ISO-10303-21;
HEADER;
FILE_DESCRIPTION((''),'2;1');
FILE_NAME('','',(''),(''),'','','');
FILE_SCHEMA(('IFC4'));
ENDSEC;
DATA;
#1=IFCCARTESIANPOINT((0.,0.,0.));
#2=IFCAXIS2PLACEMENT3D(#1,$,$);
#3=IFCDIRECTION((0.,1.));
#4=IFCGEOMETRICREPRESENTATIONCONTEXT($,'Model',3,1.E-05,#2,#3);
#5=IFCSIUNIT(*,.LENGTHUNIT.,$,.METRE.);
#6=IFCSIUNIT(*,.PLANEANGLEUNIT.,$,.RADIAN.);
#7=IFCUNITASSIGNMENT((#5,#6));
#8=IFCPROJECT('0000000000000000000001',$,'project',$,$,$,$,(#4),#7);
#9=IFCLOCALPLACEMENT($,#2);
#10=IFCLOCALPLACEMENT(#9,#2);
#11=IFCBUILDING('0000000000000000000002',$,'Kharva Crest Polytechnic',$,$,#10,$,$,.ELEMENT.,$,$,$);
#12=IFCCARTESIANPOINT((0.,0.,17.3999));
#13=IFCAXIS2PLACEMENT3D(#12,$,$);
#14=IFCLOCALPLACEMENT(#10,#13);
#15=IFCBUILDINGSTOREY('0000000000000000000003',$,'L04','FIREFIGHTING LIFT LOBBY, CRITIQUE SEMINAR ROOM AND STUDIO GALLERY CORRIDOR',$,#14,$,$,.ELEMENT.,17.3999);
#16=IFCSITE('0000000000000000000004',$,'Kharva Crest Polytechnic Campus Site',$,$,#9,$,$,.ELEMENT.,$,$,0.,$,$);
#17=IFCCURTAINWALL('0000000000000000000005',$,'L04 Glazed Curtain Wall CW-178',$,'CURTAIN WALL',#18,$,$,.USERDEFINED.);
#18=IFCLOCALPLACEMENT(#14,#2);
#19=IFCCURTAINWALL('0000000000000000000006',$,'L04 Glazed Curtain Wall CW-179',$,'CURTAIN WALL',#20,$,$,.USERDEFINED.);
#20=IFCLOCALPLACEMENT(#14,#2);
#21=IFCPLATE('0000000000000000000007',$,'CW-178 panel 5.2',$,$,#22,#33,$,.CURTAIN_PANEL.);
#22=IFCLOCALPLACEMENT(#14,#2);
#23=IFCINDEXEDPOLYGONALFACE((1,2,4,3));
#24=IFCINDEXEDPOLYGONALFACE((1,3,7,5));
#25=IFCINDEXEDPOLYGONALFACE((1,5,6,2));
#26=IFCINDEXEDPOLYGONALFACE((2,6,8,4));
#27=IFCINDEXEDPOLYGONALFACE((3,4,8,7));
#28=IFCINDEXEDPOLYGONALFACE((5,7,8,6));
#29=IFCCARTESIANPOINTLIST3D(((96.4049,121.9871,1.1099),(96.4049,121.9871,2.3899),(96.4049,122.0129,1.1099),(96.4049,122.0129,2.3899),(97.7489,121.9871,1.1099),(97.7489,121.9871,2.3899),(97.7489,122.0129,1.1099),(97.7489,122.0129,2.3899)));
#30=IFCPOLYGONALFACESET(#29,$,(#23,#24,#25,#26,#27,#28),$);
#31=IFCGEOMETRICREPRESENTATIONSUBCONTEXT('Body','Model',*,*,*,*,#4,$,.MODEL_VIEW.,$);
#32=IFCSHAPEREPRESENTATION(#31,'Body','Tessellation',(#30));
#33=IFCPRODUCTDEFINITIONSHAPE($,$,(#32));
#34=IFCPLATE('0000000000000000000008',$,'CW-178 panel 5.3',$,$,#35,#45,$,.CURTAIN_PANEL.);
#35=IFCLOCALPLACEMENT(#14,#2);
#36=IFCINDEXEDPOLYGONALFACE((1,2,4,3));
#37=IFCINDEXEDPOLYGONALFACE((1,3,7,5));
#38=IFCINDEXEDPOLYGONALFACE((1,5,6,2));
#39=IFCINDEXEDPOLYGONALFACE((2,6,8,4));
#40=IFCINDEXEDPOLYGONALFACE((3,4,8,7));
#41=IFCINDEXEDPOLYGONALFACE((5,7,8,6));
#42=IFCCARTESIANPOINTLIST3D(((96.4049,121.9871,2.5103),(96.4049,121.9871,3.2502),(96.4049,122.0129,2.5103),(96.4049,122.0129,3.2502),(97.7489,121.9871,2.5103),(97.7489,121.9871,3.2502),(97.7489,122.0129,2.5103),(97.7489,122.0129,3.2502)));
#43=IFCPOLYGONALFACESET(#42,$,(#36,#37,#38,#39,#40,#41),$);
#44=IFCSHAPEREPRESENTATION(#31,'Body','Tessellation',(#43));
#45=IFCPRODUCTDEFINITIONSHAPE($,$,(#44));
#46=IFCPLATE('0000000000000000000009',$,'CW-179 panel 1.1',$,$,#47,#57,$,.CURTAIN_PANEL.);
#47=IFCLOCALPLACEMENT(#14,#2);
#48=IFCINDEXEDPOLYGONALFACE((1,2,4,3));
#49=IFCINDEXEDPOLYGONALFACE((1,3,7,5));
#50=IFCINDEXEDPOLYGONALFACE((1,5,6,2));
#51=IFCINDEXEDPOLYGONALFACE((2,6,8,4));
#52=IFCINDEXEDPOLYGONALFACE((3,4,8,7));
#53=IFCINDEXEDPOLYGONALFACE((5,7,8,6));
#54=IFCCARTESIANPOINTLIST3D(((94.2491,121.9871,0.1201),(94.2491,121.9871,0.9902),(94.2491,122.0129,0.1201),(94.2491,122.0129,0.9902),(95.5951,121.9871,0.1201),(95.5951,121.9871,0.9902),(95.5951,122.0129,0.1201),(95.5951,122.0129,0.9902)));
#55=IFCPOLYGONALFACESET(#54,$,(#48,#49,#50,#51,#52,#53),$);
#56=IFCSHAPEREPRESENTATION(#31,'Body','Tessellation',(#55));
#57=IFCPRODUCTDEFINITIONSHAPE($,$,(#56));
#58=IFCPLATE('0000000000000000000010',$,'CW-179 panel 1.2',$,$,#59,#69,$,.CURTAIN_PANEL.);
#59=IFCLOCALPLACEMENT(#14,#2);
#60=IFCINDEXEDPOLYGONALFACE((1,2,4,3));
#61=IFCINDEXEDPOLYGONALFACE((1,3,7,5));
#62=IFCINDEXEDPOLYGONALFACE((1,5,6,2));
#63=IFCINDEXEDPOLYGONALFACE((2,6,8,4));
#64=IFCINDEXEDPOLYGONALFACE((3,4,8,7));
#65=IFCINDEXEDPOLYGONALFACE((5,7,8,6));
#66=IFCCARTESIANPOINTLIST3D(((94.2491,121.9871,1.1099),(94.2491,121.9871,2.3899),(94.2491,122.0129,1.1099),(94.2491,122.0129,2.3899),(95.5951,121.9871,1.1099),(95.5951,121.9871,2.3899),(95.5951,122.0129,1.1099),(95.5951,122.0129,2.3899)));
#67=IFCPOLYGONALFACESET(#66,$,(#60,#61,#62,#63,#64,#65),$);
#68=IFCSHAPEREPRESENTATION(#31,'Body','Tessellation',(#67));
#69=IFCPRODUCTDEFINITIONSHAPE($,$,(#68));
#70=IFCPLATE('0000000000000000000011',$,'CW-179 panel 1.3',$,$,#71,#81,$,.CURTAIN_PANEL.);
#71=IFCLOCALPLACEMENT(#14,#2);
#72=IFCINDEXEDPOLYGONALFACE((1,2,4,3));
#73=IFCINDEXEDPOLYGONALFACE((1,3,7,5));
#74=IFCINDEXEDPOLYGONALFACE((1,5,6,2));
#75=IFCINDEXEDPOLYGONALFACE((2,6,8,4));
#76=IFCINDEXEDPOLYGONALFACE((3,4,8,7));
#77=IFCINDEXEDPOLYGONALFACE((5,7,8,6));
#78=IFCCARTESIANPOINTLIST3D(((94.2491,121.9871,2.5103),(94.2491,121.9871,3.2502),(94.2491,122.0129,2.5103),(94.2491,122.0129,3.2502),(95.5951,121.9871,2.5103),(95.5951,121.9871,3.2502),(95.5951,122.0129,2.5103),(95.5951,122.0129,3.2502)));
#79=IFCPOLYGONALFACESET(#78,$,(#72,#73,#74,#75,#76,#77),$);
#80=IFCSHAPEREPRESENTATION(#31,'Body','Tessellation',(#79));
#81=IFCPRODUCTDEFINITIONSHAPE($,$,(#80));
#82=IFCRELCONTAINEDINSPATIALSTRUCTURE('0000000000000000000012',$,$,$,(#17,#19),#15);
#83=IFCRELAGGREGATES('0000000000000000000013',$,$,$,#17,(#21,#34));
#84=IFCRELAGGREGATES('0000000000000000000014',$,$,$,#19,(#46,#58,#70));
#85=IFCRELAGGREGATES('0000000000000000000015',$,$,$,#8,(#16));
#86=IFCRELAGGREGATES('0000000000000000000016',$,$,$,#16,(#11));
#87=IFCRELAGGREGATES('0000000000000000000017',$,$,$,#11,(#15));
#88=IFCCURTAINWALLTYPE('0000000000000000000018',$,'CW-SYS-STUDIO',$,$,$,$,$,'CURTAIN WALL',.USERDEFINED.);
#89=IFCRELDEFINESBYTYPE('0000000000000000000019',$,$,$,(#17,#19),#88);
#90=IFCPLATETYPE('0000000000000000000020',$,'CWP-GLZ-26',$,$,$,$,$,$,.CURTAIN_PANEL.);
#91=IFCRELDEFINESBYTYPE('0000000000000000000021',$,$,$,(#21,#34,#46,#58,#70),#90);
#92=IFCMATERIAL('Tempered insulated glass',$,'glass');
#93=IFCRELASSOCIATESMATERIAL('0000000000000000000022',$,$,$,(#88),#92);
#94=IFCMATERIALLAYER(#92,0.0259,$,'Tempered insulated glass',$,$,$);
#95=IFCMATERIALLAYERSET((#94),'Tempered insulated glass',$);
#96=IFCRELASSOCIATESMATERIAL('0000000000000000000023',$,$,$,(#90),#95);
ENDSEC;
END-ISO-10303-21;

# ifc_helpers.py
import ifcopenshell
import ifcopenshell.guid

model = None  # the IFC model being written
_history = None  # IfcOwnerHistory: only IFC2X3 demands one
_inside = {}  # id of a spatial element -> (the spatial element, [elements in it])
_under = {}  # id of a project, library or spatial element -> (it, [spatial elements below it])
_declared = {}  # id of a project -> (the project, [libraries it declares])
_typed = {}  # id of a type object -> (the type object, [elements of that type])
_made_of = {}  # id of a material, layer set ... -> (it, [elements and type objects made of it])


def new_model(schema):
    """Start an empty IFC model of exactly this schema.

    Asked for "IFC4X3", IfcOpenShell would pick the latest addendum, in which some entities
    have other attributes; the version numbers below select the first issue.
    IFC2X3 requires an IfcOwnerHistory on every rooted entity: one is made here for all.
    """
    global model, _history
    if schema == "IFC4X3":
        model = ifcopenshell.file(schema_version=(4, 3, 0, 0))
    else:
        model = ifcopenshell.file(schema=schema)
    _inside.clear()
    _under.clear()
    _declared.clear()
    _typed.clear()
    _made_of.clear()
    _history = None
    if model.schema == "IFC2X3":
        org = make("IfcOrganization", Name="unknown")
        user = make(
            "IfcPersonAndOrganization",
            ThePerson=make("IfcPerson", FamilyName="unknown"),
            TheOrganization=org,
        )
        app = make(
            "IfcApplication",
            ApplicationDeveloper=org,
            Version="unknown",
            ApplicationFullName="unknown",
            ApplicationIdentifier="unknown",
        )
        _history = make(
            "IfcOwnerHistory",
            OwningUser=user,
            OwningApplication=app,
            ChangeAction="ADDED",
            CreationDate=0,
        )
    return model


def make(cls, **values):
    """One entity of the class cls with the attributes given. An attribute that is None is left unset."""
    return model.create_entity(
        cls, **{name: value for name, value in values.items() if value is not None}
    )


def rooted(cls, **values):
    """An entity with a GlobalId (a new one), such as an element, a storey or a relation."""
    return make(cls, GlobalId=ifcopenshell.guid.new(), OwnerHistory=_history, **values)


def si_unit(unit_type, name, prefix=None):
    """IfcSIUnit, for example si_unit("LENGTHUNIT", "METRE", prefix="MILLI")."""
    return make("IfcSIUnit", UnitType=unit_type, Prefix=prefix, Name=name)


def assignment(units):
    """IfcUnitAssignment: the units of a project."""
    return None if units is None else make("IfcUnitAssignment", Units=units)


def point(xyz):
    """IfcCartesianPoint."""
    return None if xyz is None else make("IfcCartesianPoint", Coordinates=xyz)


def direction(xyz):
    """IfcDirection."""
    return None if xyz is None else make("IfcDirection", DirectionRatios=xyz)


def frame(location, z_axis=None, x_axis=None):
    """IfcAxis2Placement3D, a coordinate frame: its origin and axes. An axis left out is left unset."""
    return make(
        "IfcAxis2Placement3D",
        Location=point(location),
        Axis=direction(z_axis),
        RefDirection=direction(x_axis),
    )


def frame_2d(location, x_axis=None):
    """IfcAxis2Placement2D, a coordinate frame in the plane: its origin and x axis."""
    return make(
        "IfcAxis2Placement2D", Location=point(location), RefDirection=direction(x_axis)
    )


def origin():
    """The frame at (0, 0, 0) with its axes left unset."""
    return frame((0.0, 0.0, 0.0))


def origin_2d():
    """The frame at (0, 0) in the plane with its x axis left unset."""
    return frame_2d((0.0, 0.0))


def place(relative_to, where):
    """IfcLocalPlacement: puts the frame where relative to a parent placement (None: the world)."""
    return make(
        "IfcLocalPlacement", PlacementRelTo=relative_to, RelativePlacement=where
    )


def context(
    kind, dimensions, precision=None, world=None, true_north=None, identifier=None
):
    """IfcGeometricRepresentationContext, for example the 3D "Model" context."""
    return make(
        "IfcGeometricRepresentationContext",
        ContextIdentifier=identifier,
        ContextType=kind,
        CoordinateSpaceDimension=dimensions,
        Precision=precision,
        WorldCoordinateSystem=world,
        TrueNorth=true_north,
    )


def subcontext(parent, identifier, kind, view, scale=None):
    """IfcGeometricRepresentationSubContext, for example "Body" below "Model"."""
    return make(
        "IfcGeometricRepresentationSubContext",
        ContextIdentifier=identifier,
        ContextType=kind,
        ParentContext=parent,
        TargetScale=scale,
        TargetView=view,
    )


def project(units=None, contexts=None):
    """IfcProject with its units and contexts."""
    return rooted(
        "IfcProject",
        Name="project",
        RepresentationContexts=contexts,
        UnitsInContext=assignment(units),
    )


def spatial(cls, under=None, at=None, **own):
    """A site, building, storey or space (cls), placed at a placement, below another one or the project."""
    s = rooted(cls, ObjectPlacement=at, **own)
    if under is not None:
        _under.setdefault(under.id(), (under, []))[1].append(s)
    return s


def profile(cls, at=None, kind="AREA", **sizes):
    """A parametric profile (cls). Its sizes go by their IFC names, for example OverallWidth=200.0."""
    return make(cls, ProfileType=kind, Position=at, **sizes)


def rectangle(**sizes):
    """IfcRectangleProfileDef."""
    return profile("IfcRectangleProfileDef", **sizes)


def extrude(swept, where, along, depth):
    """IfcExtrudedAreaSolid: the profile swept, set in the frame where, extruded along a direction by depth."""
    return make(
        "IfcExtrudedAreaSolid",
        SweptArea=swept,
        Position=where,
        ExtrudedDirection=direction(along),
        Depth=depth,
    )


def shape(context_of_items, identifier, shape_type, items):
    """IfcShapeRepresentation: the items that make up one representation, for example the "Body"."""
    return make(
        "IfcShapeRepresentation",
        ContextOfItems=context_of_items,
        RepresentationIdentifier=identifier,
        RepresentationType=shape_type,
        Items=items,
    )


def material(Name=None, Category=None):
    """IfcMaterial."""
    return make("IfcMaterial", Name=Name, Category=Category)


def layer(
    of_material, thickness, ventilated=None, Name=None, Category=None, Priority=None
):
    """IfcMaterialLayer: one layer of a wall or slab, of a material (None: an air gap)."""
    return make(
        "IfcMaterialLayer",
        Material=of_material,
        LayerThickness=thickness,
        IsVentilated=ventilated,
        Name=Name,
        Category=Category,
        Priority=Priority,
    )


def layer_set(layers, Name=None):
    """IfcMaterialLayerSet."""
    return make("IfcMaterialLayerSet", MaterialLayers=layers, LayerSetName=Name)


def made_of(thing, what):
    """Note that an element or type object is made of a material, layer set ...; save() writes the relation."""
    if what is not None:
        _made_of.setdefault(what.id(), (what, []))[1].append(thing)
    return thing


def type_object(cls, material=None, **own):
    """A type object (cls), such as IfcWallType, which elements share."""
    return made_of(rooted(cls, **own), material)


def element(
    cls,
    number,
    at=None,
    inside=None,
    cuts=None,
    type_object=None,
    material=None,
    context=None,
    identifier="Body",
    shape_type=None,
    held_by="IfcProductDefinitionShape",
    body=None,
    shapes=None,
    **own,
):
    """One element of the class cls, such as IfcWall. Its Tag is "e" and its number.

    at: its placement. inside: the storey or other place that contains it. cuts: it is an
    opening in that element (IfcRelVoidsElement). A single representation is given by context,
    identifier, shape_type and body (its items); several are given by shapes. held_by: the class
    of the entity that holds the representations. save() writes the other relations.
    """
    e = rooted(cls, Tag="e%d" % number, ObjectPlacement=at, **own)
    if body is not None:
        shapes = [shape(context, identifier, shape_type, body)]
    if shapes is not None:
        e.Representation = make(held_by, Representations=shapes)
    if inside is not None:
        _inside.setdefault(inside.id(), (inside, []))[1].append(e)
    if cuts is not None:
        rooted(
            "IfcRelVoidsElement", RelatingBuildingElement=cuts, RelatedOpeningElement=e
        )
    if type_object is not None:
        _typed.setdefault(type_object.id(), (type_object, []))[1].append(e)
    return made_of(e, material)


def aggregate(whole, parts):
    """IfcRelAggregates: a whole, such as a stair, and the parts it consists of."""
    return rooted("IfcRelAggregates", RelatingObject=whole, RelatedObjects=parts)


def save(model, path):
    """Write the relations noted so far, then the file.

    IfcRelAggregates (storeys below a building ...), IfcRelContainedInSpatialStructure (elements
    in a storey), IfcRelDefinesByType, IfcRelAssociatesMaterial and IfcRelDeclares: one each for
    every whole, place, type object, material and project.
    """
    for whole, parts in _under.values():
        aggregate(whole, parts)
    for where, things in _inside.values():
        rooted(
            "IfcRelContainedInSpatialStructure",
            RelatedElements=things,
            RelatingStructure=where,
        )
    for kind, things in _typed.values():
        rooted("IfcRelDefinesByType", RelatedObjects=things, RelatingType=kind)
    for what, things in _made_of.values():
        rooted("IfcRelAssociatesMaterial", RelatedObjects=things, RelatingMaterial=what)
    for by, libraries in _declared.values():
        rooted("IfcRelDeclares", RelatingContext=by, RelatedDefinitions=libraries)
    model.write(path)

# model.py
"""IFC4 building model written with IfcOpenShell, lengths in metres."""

from ifc_helpers import new_model, si_unit, direction, frame, origin, origin_2d, place, context, subcontext, project, spatial, rectangle, extrude, material, layer, layer_set, type_object, element, aggregate, save


model = new_model("IFC4")

# Units and contexts
model_context = context("Model", 3, precision=1e-05, world=origin(), true_north=direction((0.0, 1.0)))
body_context = subcontext(model_context, "Body", "Model", "MODEL_VIEW")
ifc_project = project(units=[si_unit("LENGTHUNIT", "METRE"), si_unit("PLANEANGLEUNIT", "RADIAN")], contexts=[model_context])

# Site, building, storey
site_placement = place(None, origin())
site = spatial("IfcSite", under=ifc_project, at=site_placement, Name="Kharva Crest Polytechnic Campus Site", CompositionType="ELEMENT", RefElevation=0.0)
building_placement = place(site_placement, origin())
building = spatial("IfcBuilding", under=site, at=building_placement, Name="Kharva Crest Polytechnic", CompositionType="ELEMENT")
storey_placement = place(building_placement, frame((0.0, 0.0, 17.3999)))
storey = spatial("IfcBuildingStorey", under=building, at=storey_placement, Name="L04", Description="FIREFIGHTING LIFT LOBBY, CRITIQUE SEMINAR ROOM AND STUDIO GALLERY CORRIDOR", CompositionType="ELEMENT", Elevation=17.3999)

# Curtain walls
ifc_material_1 = material(Name="Tempered insulated glass", Category="glass")
curtain_wall_type = type_object("IfcCurtainWallType", Name="CW-SYS-STUDIO", ElementType="CURTAIN WALL", PredefinedType="USERDEFINED", material=ifc_material_1)
curtain_wall_1_placement = place(storey_placement, origin())
curtain_wall_1 = element("IfcCurtainWall", 1, at=curtain_wall_1_placement, inside=storey, type_object=curtain_wall_type, Name="L04 Glazed Curtain Wall CW-178", ObjectType="CURTAIN WALL", PredefinedType="USERDEFINED")
curtain_wall_2_placement = place(storey_placement, origin())
curtain_wall_2 = element("IfcCurtainWall", 2, at=curtain_wall_2_placement, inside=storey, type_object=curtain_wall_type, Name="L04 Glazed Curtain Wall CW-179", ObjectType="CURTAIN WALL", PredefinedType="USERDEFINED")

# Plates
ifc_layer = layer(ifc_material_1, 0.0259, Name="Tempered insulated glass")
ifc_layer_set = layer_set([ifc_layer], Name="Tempered insulated glass")
plate_type = type_object("IfcPlateType", Name="CWP-GLZ-26", PredefinedType="CURTAIN_PANEL", material=ifc_layer_set)
plate_1_placement = place(storey_placement, frame((97.0769, 122.0, 1.1099), z_axis=(0.0, 0.0, 1.0), x_axis=(-1.0, 0.0, 0.0)))
plate_1 = element("IfcPlate", 3, at=plate_1_placement, type_object=plate_type, Name="CW-178 panel 5.2", PredefinedType="CURTAIN_PANEL", context=body_context, shape_type="SweptSolid", body=[
    extrude(rectangle(XDim=1.344, YDim=0.0259, at=origin_2d()), origin(), (0.0, 0.0, 1.0), 1.28),
])
plate_2_placement = place(storey_placement, frame((97.0769, 122.0, 2.5103), z_axis=(0.0, 0.0, 1.0), x_axis=(-1.0, 0.0, 0.0)))
plate_2 = element("IfcPlate", 4, at=plate_2_placement, type_object=plate_type, Name="CW-178 panel 5.3", PredefinedType="CURTAIN_PANEL", context=body_context, shape_type="SweptSolid", body=[
    extrude(rectangle(XDim=1.344, YDim=0.0259, at=origin_2d()), origin(), (0.0, 0.0, 1.0), 0.74),
])
aggregate(curtain_wall_1, [plate_1, plate_2])
plate_3_placement = place(storey_placement, frame((94.9221, 122.0, 0.1201), z_axis=(0.0, 0.0, 1.0), x_axis=(-1.0, 0.0, 0.0)))
plate_3 = element("IfcPlate", 5, at=plate_3_placement, type_object=plate_type, Name="CW-179 panel 1.1", PredefinedType="CURTAIN_PANEL", context=body_context, shape_type="SweptSolid", body=[
    extrude(rectangle(XDim=1.3459, YDim=0.0259, at=origin_2d()), origin(), (0.0, 0.0, 1.0), 0.8701),
])
plate_4_placement = place(storey_placement, frame((94.9221, 122.0, 1.1099), z_axis=(0.0, 0.0, 1.0), x_axis=(-1.0, 0.0, 0.0)))
plate_4 = element("IfcPlate", 6, at=plate_4_placement, type_object=plate_type, Name="CW-179 panel 1.2", PredefinedType="CURTAIN_PANEL", context=body_context, shape_type="SweptSolid", body=[
    extrude(rectangle(XDim=1.3459, YDim=0.0259, at=origin_2d()), origin(), (0.0, 0.0, 1.0), 1.28),
])
plate_5_placement = place(storey_placement, frame((94.9221, 122.0, 2.5103), z_axis=(0.0, 0.0, 1.0), x_axis=(-1.0, 0.0, 0.0)))
plate_5 = element("IfcPlate", 7, at=plate_5_placement, type_object=plate_type, Name="CW-179 panel 1.3", PredefinedType="CURTAIN_PANEL", context=body_context, shape_type="SweptSolid", body=[
    extrude(rectangle(XDim=1.3459, YDim=0.0259, at=origin_2d()), origin(), (0.0, 0.0, 1.0), 0.74),
])
aggregate(curtain_wall_2, [plate_3, plate_4, plate_5])

save(model, "model.ifc")
